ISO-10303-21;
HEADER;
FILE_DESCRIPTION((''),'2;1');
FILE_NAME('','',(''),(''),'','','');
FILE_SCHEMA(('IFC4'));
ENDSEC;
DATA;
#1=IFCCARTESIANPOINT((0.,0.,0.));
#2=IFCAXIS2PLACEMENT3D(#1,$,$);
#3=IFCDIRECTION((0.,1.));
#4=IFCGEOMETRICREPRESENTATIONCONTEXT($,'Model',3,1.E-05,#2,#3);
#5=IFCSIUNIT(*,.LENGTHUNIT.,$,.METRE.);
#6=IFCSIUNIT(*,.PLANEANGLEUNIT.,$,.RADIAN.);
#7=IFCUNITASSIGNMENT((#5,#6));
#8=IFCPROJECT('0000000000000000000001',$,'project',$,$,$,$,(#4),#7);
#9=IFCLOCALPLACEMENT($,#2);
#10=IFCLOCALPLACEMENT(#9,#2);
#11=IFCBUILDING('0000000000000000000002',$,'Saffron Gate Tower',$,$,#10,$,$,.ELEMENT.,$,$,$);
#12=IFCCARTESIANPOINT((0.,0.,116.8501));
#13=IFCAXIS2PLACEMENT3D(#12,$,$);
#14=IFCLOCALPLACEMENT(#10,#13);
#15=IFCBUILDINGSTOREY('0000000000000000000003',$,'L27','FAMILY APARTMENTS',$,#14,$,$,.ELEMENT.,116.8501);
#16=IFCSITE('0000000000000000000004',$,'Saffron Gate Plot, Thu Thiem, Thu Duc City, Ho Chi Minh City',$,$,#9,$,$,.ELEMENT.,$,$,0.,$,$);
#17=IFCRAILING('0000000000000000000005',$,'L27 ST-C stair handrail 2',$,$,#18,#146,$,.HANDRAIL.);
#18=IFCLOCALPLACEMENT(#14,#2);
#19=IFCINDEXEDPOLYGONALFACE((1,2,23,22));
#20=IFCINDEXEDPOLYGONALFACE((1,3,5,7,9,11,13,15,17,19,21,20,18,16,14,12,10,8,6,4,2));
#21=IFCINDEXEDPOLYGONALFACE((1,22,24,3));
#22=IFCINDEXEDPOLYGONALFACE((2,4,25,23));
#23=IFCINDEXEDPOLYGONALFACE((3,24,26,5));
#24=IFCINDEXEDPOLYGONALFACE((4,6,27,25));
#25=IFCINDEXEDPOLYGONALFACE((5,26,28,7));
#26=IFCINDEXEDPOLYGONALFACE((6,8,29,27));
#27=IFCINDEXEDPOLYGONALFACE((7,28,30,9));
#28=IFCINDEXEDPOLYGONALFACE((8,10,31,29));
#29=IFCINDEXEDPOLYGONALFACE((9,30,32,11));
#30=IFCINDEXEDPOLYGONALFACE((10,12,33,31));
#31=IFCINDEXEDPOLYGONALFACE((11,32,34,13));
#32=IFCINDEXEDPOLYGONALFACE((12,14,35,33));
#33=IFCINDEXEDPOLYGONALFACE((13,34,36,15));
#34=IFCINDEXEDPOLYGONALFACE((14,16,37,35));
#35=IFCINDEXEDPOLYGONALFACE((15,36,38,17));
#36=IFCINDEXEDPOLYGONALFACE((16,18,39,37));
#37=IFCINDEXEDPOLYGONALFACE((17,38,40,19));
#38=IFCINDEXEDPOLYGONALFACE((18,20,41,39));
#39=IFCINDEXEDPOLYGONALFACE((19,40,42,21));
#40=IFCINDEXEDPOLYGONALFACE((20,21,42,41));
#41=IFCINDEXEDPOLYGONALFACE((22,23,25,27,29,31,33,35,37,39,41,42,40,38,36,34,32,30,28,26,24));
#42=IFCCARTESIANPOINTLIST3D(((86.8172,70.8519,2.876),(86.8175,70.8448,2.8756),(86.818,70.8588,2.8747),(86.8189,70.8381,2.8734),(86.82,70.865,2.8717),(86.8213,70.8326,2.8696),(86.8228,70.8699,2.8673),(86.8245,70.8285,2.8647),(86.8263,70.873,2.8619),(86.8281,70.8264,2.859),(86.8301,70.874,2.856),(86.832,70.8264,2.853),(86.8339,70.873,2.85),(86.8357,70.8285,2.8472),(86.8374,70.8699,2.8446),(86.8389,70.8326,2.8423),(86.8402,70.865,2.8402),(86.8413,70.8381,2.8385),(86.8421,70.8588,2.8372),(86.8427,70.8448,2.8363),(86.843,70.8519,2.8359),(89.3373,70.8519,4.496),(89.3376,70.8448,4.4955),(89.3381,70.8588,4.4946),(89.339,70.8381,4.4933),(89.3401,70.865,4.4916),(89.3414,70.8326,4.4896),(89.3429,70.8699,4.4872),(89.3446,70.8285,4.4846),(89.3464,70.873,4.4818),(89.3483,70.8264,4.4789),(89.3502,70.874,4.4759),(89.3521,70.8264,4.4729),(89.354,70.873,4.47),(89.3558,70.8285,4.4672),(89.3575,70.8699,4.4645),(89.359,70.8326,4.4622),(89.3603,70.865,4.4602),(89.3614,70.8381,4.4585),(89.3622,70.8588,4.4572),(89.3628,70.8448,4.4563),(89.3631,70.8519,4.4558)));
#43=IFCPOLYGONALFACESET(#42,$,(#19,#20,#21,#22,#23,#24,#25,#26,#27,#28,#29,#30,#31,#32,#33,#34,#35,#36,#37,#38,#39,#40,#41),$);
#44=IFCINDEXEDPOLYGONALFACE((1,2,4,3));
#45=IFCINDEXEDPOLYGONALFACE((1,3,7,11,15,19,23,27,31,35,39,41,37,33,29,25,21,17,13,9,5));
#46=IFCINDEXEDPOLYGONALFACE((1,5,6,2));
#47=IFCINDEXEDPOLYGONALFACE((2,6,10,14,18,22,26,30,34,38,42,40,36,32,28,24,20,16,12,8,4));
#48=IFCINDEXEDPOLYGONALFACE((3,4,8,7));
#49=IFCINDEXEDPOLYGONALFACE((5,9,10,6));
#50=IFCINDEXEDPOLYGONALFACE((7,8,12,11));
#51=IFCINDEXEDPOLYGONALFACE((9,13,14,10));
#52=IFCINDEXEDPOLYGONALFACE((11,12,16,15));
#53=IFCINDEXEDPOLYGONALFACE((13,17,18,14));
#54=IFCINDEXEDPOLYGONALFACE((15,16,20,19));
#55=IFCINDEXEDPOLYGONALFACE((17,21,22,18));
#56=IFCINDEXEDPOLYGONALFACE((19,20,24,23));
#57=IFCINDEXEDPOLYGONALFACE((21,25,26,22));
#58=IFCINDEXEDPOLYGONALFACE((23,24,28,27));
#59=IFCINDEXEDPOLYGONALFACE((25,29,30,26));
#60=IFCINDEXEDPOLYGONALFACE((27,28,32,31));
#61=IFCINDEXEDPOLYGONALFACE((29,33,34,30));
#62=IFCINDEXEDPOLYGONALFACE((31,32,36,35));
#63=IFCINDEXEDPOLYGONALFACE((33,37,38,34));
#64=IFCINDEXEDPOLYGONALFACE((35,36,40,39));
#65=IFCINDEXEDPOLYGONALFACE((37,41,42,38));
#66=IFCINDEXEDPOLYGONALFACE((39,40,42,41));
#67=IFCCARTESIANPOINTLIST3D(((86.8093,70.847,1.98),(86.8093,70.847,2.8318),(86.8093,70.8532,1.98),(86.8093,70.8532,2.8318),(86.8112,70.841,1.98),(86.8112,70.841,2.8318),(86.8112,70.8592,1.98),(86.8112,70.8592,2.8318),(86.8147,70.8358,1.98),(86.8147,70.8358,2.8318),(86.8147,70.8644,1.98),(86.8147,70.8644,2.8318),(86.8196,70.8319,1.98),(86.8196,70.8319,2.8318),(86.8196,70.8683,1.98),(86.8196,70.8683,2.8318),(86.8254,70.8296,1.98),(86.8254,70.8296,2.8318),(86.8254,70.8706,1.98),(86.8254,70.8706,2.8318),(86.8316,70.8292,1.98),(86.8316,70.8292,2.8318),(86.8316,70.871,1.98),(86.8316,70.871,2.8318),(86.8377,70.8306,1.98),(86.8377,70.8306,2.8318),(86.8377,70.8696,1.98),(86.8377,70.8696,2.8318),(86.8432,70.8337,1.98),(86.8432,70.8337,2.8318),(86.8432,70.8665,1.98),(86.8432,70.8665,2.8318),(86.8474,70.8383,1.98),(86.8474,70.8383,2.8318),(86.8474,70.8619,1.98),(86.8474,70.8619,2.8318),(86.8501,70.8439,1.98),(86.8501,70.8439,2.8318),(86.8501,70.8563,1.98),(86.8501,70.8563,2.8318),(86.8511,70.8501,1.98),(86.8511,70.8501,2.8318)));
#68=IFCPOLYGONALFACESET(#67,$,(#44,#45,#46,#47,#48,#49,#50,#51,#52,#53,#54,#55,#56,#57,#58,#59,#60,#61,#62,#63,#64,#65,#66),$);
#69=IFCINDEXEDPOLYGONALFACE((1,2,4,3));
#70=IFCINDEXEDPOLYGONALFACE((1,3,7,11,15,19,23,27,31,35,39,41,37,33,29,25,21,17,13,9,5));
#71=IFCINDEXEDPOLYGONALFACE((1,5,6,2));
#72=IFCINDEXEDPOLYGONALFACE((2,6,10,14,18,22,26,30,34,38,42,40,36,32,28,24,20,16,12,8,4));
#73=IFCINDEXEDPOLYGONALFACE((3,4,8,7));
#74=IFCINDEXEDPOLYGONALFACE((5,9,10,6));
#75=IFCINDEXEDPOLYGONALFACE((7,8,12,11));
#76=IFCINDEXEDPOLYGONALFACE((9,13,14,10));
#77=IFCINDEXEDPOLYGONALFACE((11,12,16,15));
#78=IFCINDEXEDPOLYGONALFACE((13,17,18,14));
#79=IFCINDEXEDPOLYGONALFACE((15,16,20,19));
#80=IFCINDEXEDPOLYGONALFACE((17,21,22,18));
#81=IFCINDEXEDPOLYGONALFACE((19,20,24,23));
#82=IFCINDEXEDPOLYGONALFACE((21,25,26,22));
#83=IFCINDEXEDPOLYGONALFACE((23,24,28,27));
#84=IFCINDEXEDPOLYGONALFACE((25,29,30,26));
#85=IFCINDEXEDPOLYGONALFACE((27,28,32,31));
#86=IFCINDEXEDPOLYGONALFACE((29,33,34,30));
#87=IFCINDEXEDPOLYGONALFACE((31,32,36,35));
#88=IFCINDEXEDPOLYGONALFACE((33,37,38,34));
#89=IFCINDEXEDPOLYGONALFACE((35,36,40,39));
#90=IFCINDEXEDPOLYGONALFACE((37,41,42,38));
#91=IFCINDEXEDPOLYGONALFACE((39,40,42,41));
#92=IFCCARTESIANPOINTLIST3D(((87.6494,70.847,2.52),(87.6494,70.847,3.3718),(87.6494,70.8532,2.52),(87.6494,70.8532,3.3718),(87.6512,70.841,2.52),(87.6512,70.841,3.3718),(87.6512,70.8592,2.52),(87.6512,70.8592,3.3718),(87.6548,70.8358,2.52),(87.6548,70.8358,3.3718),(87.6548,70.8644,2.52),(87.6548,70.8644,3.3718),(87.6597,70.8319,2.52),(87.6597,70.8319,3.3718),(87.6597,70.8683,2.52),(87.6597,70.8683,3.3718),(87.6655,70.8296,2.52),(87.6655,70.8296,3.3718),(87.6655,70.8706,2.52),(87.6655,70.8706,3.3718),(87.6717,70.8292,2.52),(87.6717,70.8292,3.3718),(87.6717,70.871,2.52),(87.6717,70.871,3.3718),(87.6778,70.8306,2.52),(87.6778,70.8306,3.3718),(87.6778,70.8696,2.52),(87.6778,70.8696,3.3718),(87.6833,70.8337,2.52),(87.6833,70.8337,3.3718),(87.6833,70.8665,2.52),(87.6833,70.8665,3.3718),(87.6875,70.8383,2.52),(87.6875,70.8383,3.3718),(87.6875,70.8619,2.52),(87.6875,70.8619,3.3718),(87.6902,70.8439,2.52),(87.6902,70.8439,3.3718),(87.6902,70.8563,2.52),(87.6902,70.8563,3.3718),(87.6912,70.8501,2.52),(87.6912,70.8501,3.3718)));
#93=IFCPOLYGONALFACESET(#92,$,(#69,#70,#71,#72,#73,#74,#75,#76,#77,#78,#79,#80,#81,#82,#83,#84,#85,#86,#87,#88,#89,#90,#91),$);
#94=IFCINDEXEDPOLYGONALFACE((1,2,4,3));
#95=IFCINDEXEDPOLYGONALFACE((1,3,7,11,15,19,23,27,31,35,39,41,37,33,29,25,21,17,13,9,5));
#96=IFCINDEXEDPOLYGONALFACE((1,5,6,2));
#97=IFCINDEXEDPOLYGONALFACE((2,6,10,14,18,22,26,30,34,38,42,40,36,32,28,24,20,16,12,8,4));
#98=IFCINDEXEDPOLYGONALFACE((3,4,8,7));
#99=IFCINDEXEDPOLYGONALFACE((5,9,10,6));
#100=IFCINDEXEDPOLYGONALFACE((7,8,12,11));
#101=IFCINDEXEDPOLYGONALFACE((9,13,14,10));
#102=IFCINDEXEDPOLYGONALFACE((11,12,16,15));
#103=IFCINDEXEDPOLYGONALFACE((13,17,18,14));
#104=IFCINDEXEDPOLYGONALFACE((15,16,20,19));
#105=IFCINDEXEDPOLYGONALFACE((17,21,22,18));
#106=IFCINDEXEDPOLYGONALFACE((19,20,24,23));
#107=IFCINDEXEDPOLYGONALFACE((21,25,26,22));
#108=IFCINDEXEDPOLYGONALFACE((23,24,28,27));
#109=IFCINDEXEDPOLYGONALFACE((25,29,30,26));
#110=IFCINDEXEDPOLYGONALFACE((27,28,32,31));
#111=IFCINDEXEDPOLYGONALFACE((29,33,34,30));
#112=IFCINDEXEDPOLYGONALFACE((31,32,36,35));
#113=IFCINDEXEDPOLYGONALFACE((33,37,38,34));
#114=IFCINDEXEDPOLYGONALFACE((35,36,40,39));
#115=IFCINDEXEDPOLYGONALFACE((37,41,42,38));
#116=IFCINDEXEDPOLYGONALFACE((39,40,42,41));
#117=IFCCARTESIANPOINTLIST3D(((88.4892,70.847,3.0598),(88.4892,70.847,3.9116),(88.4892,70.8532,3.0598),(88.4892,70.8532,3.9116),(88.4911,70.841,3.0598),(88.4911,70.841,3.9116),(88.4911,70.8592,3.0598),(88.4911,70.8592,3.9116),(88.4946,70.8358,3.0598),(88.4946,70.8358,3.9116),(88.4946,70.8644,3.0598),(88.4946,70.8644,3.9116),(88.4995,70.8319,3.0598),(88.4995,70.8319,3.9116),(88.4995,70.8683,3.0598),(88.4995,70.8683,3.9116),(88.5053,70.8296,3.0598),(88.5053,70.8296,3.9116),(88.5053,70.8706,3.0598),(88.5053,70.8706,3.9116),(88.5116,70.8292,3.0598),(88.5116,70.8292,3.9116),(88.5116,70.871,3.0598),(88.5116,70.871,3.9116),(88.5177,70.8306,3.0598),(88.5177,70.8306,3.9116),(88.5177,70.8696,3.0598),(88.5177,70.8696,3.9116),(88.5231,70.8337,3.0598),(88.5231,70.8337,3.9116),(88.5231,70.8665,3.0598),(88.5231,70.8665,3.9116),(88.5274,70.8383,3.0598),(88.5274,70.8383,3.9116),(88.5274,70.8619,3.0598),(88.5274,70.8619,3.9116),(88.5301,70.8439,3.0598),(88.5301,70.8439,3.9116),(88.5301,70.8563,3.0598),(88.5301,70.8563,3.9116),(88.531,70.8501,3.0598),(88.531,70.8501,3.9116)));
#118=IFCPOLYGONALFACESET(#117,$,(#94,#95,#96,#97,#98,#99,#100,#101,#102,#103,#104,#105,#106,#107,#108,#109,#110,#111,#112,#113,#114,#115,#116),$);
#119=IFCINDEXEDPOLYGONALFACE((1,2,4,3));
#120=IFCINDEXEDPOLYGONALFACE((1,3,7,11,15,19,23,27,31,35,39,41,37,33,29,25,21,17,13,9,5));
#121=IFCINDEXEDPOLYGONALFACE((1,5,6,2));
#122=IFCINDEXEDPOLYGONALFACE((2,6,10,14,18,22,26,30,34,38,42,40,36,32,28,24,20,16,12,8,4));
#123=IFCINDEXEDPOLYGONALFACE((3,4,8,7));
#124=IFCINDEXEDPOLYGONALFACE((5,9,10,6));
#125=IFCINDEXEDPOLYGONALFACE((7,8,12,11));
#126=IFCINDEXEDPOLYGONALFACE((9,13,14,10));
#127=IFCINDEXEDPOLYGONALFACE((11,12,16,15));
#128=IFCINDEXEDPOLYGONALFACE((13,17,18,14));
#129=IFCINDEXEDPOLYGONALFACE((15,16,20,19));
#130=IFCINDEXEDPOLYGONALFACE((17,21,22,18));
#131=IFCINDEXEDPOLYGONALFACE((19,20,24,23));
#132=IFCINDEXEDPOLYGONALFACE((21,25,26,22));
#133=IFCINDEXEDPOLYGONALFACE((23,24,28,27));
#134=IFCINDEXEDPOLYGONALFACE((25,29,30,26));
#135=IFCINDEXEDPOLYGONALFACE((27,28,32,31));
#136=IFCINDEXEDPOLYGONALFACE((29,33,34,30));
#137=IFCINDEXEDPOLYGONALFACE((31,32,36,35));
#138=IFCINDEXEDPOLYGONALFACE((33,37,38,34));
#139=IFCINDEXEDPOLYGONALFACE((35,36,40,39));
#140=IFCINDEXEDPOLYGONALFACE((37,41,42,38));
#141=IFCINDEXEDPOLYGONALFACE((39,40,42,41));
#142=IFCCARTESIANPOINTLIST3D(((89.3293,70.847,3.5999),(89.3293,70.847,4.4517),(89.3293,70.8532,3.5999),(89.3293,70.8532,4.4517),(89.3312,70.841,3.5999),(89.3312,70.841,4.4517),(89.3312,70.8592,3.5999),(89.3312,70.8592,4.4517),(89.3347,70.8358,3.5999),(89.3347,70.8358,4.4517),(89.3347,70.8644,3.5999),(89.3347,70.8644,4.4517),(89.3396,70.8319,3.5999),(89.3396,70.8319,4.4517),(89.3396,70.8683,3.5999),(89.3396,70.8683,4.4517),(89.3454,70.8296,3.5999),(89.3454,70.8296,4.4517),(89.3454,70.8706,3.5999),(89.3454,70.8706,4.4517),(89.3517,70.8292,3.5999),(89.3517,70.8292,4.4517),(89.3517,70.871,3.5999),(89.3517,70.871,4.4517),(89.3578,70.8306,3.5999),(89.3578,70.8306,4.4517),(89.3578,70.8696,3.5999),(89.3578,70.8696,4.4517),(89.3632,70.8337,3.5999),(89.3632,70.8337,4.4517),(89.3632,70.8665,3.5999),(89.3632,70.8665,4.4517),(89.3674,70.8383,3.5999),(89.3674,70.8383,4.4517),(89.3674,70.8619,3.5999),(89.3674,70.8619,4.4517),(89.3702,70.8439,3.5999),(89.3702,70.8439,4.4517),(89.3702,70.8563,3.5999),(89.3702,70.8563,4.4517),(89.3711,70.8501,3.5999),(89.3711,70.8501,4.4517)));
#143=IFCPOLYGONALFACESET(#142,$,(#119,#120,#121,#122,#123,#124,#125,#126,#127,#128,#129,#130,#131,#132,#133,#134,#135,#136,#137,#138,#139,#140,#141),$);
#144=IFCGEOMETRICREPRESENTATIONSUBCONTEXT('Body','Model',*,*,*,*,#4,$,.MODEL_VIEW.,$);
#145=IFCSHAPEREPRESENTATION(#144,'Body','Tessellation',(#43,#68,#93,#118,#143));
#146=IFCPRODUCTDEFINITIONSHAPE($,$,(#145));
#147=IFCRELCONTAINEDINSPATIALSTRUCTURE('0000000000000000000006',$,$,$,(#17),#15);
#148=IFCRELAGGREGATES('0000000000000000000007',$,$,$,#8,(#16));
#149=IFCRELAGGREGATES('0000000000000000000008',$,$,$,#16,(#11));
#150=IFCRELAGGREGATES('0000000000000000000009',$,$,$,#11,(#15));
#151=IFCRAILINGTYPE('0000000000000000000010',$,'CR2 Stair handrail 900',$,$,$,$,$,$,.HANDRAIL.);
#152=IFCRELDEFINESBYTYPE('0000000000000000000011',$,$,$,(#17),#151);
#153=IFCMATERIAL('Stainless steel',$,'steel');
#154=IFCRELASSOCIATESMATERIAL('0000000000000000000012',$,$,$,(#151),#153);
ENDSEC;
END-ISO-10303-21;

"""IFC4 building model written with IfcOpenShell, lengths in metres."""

from ifc_helpers import new_model, si_unit, direction, frame, origin, origin_2d, place, context, subcontext, project, spatial, circle, extrude, material, type_object, element, save


model = new_model("IFC4")

# Units and contexts
model_context = context("Model", 3, precision=1e-05, world=origin(), true_north=direction((0.0, 1.0)))
body_context = subcontext(model_context, "Body", "Model", "MODEL_VIEW")
ifc_project = project(units=[si_unit("LENGTHUNIT", "METRE"), si_unit("PLANEANGLEUNIT", "RADIAN")], contexts=[model_context])

# Site, building, storey
site_placement = place(None, origin())
site = spatial("IfcSite", under=ifc_project, at=site_placement, Name="Saffron Gate Plot, Thu Thiem, Thu Duc City, Ho Chi Minh City", CompositionType="ELEMENT", RefElevation=0.0)
building_placement = place(site_placement, origin())
building = spatial("IfcBuilding", under=site, at=building_placement, Name="Saffron Gate Tower", CompositionType="ELEMENT")
storey_placement = place(building_placement, frame((0.0, 0.0, 116.8501)))
storey = spatial("IfcBuildingStorey", under=building, at=storey_placement, Name="L27", Description="FAMILY APARTMENTS", CompositionType="ELEMENT", Elevation=116.8501)

# Railing
ifc_material_1 = material(Name="Stainless steel", Category="steel")
railing_type_1 = type_object("IfcRailingType", Name="CR2 Stair handrail 900", PredefinedType="HANDRAIL", material=ifc_material_1)
railing_1_placement = place(storey_placement, frame((86.8301, 70.8501, 1.98)))
element("IfcRailing", 1, at=railing_1_placement, inside=storey, type_object=railing_type_1, Name="L27 ST-C stair handrail 2", PredefinedType="HANDRAIL", context=body_context, shape_type="SweptSolid", body=[
    extrude(circle(Radius=0.0239, at=origin_2d()), frame((0.0, 0.0, 0.876), z_axis=(0.8412, 0.0, 0.540725), x_axis=(0.0, 1.0, 0.0)), (0.0, 0.0, 1.0), 2.9958),
    extrude(circle(Radius=0.021, at=origin_2d()), origin(), (0.0, 0.0, 1.0), 0.8518),
    extrude(circle(Radius=0.021, at=origin_2d()), frame((0.8401, 0.0, 0.54)), (0.0, 0.0, 1.0), 0.8518),
    extrude(circle(Radius=0.021, at=origin_2d()), frame((1.6799, 0.0, 1.0798)), (0.0, 0.0, 1.0), 0.8518),
    extrude(circle(Radius=0.021, at=origin_2d()), frame((2.52, 0.0, 1.6199)), (0.0, 0.0, 1.0), 0.8518),
])

save(model, "model.ifc")
